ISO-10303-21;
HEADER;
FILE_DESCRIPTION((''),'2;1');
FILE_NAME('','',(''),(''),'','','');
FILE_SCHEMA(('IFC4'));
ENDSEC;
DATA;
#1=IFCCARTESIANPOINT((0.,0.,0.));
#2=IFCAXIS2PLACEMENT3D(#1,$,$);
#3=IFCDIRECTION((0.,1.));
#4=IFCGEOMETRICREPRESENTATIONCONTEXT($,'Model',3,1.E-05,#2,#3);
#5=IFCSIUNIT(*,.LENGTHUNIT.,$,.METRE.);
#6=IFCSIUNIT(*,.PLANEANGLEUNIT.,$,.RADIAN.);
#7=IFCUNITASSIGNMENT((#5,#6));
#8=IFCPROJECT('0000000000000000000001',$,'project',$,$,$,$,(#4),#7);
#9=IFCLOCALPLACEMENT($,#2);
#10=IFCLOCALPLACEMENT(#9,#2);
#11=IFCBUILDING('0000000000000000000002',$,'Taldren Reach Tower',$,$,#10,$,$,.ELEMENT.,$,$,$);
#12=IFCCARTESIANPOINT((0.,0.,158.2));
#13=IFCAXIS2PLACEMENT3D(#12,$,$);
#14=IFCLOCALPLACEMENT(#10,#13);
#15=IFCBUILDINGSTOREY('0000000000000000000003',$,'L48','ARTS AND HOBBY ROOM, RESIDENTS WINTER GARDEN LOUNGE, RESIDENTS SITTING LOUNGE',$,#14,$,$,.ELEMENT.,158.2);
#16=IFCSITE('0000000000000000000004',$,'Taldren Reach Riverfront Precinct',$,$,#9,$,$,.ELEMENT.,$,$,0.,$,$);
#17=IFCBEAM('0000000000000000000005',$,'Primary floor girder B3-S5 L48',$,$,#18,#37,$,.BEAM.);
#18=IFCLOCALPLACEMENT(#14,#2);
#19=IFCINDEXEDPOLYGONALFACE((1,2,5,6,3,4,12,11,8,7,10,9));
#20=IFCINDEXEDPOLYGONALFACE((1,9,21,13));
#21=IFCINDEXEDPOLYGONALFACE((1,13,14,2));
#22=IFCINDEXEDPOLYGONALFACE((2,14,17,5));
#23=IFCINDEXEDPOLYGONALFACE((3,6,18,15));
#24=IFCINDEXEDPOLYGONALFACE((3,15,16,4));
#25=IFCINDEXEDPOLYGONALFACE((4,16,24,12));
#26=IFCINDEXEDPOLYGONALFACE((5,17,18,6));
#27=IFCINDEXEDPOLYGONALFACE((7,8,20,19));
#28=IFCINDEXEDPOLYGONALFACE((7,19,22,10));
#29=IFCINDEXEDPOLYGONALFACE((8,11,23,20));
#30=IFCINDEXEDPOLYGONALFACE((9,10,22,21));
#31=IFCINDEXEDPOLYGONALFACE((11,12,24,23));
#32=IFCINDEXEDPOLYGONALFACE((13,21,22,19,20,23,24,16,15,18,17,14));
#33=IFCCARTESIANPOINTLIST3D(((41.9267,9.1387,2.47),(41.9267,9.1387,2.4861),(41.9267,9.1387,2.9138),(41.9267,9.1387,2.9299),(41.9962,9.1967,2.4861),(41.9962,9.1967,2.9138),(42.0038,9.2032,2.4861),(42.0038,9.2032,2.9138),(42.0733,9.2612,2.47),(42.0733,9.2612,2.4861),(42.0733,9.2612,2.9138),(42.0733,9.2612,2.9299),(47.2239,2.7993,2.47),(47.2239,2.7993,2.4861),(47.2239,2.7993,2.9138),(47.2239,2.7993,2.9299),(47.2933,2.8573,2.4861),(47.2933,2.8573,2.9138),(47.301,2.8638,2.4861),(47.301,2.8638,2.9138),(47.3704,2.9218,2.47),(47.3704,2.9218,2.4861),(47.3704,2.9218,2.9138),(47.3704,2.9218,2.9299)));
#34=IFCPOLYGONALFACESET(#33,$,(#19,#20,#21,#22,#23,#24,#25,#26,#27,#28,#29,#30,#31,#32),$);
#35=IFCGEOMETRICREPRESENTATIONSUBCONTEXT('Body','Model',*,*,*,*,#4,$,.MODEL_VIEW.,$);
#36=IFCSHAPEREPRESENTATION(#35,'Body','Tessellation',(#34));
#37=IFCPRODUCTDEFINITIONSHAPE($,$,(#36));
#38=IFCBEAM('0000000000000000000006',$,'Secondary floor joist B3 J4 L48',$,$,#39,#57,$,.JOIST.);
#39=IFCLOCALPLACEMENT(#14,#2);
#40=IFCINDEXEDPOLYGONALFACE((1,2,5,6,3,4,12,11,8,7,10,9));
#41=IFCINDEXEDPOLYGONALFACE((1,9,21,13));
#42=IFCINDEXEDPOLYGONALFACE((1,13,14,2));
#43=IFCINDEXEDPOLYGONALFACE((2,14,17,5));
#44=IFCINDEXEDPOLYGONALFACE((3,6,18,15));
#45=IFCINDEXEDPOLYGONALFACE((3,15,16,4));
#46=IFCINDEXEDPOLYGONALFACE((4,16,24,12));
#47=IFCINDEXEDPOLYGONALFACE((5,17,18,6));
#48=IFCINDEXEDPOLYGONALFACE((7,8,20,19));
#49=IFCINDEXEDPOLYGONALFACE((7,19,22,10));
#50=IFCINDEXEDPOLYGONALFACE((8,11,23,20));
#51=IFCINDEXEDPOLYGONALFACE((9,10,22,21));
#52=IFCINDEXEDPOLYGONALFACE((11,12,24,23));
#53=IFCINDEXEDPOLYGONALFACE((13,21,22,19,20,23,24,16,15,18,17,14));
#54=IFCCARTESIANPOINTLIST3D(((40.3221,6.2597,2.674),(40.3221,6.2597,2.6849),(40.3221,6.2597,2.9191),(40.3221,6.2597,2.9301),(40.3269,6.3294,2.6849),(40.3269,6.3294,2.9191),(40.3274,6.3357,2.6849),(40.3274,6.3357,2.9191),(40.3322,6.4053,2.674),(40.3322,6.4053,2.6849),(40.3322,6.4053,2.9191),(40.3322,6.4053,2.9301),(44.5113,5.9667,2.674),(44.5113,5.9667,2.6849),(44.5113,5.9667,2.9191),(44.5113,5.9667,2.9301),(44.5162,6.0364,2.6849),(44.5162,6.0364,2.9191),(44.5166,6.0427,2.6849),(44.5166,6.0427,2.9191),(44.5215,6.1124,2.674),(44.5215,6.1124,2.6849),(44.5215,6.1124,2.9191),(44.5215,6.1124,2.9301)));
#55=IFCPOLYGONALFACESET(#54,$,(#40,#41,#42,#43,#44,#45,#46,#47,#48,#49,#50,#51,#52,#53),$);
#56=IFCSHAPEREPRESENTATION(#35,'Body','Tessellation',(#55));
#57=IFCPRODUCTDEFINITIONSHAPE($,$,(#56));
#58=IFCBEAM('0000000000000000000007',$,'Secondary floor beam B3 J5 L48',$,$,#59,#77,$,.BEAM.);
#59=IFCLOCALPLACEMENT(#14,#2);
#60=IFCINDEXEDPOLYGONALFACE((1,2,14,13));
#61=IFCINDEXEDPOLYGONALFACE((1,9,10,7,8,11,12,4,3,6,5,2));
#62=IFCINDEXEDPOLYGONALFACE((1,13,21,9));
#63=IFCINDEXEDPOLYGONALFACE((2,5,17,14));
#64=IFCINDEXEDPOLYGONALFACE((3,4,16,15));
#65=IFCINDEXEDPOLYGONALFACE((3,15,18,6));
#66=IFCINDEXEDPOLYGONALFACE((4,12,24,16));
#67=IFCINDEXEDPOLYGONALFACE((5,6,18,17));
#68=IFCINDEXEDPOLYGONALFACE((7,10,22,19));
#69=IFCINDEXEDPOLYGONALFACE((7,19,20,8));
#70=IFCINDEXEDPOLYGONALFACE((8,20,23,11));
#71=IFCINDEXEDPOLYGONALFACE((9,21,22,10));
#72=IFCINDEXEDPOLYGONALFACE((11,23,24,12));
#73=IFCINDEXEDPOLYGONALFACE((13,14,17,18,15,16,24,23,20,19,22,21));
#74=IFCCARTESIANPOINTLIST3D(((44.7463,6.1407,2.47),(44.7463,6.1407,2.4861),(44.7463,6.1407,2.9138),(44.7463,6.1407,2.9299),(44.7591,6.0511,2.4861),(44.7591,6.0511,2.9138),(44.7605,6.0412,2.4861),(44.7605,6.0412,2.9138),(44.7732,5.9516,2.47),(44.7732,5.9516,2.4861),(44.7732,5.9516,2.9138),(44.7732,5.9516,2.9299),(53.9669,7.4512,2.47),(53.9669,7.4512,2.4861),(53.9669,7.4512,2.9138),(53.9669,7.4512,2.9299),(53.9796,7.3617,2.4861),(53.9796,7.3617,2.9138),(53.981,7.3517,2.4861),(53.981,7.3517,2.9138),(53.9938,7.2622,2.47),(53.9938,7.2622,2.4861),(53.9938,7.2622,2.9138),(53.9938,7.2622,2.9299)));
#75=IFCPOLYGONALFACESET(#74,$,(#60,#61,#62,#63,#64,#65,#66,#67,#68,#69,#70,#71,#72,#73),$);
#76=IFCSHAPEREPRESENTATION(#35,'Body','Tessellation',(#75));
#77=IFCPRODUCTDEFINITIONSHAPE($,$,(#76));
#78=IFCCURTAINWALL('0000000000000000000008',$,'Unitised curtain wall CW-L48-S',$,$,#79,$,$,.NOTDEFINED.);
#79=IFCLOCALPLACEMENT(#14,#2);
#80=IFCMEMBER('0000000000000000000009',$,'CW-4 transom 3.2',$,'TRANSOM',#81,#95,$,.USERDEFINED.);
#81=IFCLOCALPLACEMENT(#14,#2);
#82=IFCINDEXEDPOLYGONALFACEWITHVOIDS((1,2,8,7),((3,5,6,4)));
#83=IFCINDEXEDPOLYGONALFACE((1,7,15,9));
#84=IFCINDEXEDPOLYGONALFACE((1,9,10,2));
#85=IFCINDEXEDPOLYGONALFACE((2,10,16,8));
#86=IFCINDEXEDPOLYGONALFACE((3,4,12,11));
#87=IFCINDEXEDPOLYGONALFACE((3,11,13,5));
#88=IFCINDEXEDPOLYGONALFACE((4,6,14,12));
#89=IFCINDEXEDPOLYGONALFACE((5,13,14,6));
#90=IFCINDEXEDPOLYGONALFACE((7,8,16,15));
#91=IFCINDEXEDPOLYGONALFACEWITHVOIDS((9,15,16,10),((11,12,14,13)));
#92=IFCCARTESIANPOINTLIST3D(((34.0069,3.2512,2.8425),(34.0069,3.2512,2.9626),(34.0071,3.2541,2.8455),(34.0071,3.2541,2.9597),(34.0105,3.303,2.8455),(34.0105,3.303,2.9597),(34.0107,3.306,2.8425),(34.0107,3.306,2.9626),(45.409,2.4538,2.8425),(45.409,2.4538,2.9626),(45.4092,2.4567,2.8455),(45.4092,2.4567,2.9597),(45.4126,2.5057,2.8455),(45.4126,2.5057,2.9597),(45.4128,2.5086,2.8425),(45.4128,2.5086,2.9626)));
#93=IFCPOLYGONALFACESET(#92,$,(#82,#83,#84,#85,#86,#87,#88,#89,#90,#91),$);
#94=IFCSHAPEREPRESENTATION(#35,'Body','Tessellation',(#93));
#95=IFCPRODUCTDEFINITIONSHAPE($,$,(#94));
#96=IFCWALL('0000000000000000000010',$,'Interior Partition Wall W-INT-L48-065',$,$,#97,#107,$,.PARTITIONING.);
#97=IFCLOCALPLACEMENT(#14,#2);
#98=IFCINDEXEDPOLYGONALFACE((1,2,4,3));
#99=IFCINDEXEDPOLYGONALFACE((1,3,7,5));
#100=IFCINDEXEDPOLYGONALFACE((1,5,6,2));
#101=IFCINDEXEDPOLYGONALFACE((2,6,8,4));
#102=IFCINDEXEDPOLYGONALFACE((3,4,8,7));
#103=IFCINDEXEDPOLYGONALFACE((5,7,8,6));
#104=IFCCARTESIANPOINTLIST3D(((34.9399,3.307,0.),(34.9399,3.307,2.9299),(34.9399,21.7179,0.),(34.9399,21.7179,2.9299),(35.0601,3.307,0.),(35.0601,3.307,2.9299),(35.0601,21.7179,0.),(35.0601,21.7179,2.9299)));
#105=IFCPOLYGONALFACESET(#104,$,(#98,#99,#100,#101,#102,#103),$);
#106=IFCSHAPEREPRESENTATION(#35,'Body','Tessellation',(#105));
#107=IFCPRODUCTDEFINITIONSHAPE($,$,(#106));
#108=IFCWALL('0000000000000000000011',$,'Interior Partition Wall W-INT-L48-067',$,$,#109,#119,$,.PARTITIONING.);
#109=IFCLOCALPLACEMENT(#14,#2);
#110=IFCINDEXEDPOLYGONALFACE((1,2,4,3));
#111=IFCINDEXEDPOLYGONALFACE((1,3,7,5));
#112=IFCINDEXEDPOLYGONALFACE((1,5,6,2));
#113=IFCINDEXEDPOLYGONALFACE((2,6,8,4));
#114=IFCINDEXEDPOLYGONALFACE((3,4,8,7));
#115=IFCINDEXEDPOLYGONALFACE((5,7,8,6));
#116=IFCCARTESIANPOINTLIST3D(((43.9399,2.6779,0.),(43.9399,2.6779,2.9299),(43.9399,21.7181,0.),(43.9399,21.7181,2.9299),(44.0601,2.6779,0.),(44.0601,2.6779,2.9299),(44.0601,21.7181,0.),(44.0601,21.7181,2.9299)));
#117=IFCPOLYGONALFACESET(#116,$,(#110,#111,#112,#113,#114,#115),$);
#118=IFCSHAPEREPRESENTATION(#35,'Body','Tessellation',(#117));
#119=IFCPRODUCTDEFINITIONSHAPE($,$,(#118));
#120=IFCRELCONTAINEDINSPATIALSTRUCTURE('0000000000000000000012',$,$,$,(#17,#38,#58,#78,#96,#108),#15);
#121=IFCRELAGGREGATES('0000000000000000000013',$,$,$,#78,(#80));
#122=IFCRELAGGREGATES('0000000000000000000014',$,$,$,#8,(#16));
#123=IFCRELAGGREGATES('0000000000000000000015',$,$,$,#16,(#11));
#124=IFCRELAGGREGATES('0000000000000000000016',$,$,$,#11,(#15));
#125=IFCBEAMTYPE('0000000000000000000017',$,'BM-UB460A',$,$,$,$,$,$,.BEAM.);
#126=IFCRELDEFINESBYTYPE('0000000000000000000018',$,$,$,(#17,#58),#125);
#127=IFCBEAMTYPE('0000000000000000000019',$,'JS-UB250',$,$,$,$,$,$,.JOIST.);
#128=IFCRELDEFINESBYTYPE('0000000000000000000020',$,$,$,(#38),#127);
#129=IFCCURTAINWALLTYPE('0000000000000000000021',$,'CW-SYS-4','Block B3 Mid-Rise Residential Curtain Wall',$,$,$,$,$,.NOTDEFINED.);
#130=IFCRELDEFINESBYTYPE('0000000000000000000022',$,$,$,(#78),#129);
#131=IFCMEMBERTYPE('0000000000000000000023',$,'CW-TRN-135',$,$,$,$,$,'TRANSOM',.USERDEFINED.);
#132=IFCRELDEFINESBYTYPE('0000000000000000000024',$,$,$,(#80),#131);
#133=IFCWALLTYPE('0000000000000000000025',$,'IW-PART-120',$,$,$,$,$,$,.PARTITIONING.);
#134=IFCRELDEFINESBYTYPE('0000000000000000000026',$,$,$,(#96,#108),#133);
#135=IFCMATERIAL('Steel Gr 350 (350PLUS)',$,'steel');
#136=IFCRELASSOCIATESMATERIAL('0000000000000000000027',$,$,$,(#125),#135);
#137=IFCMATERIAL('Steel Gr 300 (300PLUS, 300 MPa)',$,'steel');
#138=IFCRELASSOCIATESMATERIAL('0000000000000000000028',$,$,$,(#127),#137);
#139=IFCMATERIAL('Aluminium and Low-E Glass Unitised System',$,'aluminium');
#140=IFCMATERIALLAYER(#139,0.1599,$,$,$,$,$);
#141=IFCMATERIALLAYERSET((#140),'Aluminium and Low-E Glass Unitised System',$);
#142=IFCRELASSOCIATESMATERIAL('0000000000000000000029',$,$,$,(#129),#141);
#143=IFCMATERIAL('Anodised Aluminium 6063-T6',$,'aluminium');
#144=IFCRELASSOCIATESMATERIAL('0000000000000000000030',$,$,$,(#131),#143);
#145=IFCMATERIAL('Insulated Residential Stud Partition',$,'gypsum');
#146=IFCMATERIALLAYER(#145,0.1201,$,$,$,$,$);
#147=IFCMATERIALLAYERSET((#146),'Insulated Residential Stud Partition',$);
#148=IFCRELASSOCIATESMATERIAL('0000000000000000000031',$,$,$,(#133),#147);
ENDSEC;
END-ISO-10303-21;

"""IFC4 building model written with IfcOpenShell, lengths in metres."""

from ifc_helpers import new_model, si_unit, direction, frame, frame_2d, origin, origin_2d, place, context, subcontext, project, spatial, rectangle, hollow_rectangle, i_section, extrude, source, transform, mapped, material, layer, layer_set, material_profile, profile_set, type_object, element, aggregate, save


model = new_model("IFC4")

# Units and contexts
model_context = context("Model", 3, precision=1e-05, world=origin(), true_north=direction((0.0, 1.0)))
body_context = subcontext(model_context, "Body", "Model", "MODEL_VIEW")
ifc_project = project(units=[si_unit("LENGTHUNIT", "METRE"), si_unit("PLANEANGLEUNIT", "RADIAN")], contexts=[model_context])

# Site, building, storey
site_placement = place(None, origin())
site = spatial("IfcSite", under=ifc_project, at=site_placement, Name="Taldren Reach Riverfront Precinct", CompositionType="ELEMENT", RefElevation=0.0)
building_placement = place(site_placement, origin())
building = spatial("IfcBuilding", under=site, at=building_placement, Name="Taldren Reach Tower", CompositionType="ELEMENT")
storey_placement = place(building_placement, frame((0.0, 0.0, 158.2)))
storey = spatial("IfcBuildingStorey", under=building, at=storey_placement, Name="L48", Description="ARTS AND HOBBY ROOM, RESIDENTS WINTER GARDEN LOUNGE, RESIDENTS SITTING LOUNGE", CompositionType="ELEMENT", Elevation=158.2)

# Shared definitions
ifc_material_1 = material(Name="Steel Gr 350 (350PLUS)", Category="steel")

# Beams
ifc_material_profile_1 = material_profile(ifc_material_1, i_section(OverallWidth=0.1909, OverallDepth=0.46, WebThickness=0.01, FlangeThickness=0.0161, at=origin_2d()), Name="460UB82.1")
ifc_profile_set_1 = profile_set([ifc_material_profile_1], Name="Steel Gr 350 (350PLUS)")
beam_type_1 = type_object("IfcBeamType", Name="BM-UB460A", PredefinedType="BEAM", material=ifc_profile_set_1)
shared_shape_1 = source(origin(), body_context, "Body", "SweptSolid", [
    extrude(i_section(OverallWidth=0.1909, OverallDepth=0.46, WebThickness=0.01, FlangeThickness=0.0161, at=origin_2d()), origin(), (0.0, 0.0, 1.0), 8.2612),
])
beam_1_placement = place(storey_placement, frame((42.0, 9.2, 2.7), z_axis=(0.641207, -0.767368, 0.0), x_axis=(0.767368, 0.641207, 0.0)))
element("IfcBeam", 1, at=beam_1_placement, inside=storey, type_object=beam_type_1, Name="Primary floor girder B3-S5 L48", PredefinedType="BEAM", context=body_context, shape_type="MappedRepresentation", body=[
    mapped(shared_shape_1, transform((0.0, 0.0, 0.0), scale=1.0)),
])
ifc_material_2 = material(Name="Steel Gr 300 (300PLUS, 300 MPa)", Category="steel")
ifc_material_profile_2 = material_profile(ifc_material_2, i_section(OverallWidth=0.146, OverallDepth=0.2561, WebThickness=0.0063, FlangeThickness=0.011, at=origin_2d()), Name="250UB37.3")
ifc_profile_set_2 = profile_set([ifc_material_profile_2], Name="Steel Gr 300 (300PLUS, 300 MPa)")
beam_type_2 = type_object("IfcBeamType", Name="JS-UB250", PredefinedType="JOIST", material=ifc_profile_set_2)
shared_shape_2 = source(origin(), body_context, "Body", "SweptSolid", [
    extrude(i_section(OverallWidth=0.146, OverallDepth=0.2561, WebThickness=0.0063, FlangeThickness=0.011, at=origin_2d()), origin(), (0.0, 0.0, 1.0), 4.1995),
])
beam_2_placement = place(storey_placement, frame((40.3271, 6.3325, 2.802), z_axis=(0.997564, -0.069764, 0.0), x_axis=(0.069764, 0.997564, 0.0)))
element("IfcBeam", 2, at=beam_2_placement, inside=storey, type_object=beam_type_2, Name="Secondary floor joist B3 J4 L48", PredefinedType="JOIST", context=body_context, shape_type="MappedRepresentation", body=[
    mapped(shared_shape_2, transform((0.0, 0.0, 0.0), scale=1.0)),
])
shared_shape_3 = source(origin(), body_context, "Body", "SweptSolid", [
    extrude(i_section(OverallWidth=0.1909, OverallDepth=0.46, WebThickness=0.01, FlangeThickness=0.0161, at=origin_2d()), origin(), (0.0, 0.0, 1.0), 9.3132),
])
beam_3_placement = place(storey_placement, frame((44.7598, 6.0461, 2.7), z_axis=(0.990049, 0.14072, 0.0), x_axis=(-0.14072, 0.990049, 0.0)))
element("IfcBeam", 3, at=beam_3_placement, inside=storey, type_object=beam_type_1, Name="Secondary floor beam B3 J5 L48", PredefinedType="BEAM", context=body_context, shape_type="MappedRepresentation", body=[
    mapped(shared_shape_3, transform((0.0, 0.0, 0.0), scale=1.0)),
])

# Curtain wall, member
ifc_material_3 = material(Name="Aluminium and Low-E Glass Unitised System", Category="aluminium")
ifc_layer_1 = layer(ifc_material_3, 0.1599)
ifc_layer_set_1 = layer_set([ifc_layer_1], Name="Aluminium and Low-E Glass Unitised System")
curtain_wall_type = type_object("IfcCurtainWallType", Name="CW-SYS-4", Description="Block B3 Mid-Rise Residential Curtain Wall", PredefinedType="NOTDEFINED", material=ifc_layer_set_1)
curtain_wall_placement = place(storey_placement, origin())
curtain_wall = element("IfcCurtainWall", 4, at=curtain_wall_placement, inside=storey, type_object=curtain_wall_type, Name="Unitised curtain wall CW-L48-S", PredefinedType="NOTDEFINED")
ifc_material_4 = material(Name="Anodised Aluminium 6063-T6", Category="aluminium")
ifc_material_profile_3 = material_profile(ifc_material_4, hollow_rectangle(XDim=0.0549, YDim=0.1201, WallThickness=0.0029, at=origin_2d()), Name="ALU-120x55x3RHS")
ifc_profile_set_3 = profile_set([ifc_material_profile_3], Name="Anodised Aluminium 6063-T6")
member_type_1 = type_object("IfcMemberType", Name="CW-TRN-135", ElementType="TRANSOM", PredefinedType="USERDEFINED", material=ifc_profile_set_3)
shared_shape_4 = source(origin(), body_context, "Body", "SweptSolid", [
    extrude(hollow_rectangle(XDim=0.0549, YDim=0.1201, WallThickness=0.0029, at=origin_2d()), origin(), (0.0, 0.0, 1.0), 11.4299),
])
member_1_placement = place(storey_placement, frame((34.0088, 3.2786, 2.9026), z_axis=(0.997564, -0.069761, 0.0), x_axis=(0.069761, 0.997564, 0.0)))
member_1 = element("IfcMember", 5, at=member_1_placement, type_object=member_type_1, Name="CW-4 transom 3.2", ObjectType="TRANSOM", PredefinedType="USERDEFINED", context=body_context, shape_type="MappedRepresentation", body=[
    mapped(shared_shape_4, transform((0.0, 0.0, 0.0), scale=1.0)),
])
aggregate(curtain_wall, [member_1])

# Walls
ifc_material_5 = material(Name="Insulated Residential Stud Partition", Category="gypsum")
ifc_layer_2 = layer(ifc_material_5, 0.1201)
ifc_layer_set_2 = layer_set([ifc_layer_2], Name="Insulated Residential Stud Partition")
wall_type = type_object("IfcWallType", Name="IW-PART-120", PredefinedType="PARTITIONING", material=ifc_layer_set_2)
shared_shape_5 = source(origin(), body_context, "Body", "SweptSolid", [
    extrude(rectangle(XDim=18.4109, YDim=0.1201, at=frame_2d((9.2056, 0.0))), origin(), (0.0, 0.0, 1.0), 2.9299),
])
wall_1_placement = place(storey_placement, frame((35.0, 21.718, 0.0), z_axis=(0.0, 0.0, 1.0), x_axis=(0.0, -1.0, 0.0)))
element("IfcWall", 6, at=wall_1_placement, inside=storey, type_object=wall_type, Name="Interior Partition Wall W-INT-L48-065", PredefinedType="PARTITIONING", context=body_context, shape_type="MappedRepresentation", body=[
    mapped(shared_shape_5, transform((0.0, 0.0, 0.0), scale=1.0)),
])
shared_shape_6 = source(origin(), body_context, "Body", "SweptSolid", [
    extrude(rectangle(XDim=19.0403, YDim=0.1201, at=frame_2d((9.52, 0.0))), origin(), (0.0, 0.0, 1.0), 2.9299),
])
wall_2_placement = place(storey_placement, frame((44.0, 21.718, 0.0), z_axis=(0.0, 0.0, 1.0), x_axis=(0.0, -1.0, 0.0)))
element("IfcWall", 7, at=wall_2_placement, inside=storey, type_object=wall_type, Name="Interior Partition Wall W-INT-L48-067", PredefinedType="PARTITIONING", context=body_context, shape_type="MappedRepresentation", body=[
    mapped(shared_shape_6, transform((0.0, 0.0, 0.0), scale=1.0)),
])

save(model, "model.ifc")
